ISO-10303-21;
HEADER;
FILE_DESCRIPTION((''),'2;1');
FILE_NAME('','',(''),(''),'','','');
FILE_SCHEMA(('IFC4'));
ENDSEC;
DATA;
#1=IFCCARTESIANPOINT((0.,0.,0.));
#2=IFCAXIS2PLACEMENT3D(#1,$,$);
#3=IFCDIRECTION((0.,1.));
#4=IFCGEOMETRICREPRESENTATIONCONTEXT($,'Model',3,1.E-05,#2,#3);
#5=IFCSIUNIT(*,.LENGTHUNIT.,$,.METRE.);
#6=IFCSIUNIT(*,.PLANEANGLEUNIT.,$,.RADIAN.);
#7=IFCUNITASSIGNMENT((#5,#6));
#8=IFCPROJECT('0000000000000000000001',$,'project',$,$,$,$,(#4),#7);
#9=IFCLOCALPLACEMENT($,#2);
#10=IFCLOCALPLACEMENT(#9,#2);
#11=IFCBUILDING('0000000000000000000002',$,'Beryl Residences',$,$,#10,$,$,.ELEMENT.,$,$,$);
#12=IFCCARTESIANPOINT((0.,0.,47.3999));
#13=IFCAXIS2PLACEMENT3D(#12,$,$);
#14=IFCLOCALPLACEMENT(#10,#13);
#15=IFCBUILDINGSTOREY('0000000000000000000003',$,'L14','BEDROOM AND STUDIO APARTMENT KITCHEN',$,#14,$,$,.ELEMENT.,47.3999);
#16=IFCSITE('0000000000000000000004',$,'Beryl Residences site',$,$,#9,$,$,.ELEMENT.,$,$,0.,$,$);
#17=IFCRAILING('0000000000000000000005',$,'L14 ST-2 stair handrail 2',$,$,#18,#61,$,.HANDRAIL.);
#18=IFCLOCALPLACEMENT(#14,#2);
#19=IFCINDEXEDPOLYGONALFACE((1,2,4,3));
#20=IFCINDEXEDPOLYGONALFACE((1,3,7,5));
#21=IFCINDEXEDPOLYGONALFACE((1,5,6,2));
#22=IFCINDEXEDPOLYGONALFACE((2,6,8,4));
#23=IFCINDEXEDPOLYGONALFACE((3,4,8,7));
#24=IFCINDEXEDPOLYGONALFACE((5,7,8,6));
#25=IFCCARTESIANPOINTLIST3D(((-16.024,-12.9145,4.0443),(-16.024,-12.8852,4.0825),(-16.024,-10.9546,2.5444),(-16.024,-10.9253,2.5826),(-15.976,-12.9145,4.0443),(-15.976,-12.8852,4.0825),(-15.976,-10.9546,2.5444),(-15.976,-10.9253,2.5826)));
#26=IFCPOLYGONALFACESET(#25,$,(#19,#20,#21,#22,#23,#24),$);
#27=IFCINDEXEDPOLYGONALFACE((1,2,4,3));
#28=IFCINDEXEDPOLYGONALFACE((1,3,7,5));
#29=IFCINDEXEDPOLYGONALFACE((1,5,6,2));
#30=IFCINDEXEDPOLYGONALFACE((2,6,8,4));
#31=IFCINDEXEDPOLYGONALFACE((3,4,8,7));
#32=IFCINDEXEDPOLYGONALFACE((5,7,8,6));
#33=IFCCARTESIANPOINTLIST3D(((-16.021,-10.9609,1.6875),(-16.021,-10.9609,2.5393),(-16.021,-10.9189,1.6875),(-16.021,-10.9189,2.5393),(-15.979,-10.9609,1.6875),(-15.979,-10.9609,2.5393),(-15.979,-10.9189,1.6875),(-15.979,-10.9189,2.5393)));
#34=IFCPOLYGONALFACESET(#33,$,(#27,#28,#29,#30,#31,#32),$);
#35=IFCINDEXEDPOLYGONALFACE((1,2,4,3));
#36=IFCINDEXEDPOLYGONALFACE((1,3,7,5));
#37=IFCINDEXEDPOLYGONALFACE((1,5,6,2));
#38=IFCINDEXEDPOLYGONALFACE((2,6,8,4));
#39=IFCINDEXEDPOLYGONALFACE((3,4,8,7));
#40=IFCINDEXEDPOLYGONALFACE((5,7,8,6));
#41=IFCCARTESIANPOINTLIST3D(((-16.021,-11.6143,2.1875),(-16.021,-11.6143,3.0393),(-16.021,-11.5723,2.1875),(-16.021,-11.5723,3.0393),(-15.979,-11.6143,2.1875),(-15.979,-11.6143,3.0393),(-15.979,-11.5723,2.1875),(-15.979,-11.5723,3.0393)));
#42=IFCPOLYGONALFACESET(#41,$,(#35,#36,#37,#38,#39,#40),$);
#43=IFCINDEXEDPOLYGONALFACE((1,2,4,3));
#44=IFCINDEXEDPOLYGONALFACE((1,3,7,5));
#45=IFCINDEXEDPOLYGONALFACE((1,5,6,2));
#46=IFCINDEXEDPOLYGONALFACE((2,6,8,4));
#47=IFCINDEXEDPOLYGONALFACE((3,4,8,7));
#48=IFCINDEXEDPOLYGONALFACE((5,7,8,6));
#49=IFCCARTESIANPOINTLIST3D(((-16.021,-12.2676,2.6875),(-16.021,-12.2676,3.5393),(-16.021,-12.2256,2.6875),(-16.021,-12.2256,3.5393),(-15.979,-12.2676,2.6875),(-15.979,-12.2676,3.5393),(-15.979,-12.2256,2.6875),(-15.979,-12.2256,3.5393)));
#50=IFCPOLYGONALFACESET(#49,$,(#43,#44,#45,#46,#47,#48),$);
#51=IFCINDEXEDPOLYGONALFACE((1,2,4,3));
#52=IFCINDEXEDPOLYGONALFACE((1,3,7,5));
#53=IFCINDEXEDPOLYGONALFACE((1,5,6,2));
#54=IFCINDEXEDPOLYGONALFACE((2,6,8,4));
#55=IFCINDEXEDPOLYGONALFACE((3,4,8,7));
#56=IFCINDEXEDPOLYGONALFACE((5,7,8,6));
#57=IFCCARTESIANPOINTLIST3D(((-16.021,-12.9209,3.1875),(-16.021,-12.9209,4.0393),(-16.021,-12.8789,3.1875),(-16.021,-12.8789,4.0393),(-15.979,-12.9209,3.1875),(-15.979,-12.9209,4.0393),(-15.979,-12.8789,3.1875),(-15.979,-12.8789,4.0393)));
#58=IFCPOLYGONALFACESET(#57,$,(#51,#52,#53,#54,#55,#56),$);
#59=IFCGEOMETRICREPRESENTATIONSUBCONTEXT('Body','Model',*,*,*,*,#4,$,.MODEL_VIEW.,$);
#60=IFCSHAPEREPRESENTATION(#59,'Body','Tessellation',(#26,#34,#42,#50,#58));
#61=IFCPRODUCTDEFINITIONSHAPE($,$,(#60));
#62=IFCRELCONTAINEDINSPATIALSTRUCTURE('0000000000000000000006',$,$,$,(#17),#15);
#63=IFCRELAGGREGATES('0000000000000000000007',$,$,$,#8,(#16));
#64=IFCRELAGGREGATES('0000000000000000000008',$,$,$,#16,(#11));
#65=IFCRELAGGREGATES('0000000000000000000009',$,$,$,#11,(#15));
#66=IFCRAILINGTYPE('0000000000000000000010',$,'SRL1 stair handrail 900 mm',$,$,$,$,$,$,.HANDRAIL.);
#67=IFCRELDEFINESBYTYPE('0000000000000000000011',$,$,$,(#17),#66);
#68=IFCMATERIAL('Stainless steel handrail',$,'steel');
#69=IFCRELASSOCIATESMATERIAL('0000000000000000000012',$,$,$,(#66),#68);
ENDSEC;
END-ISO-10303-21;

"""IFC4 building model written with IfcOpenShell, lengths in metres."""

from ifc_helpers import new_model, si_unit, direction, frame, origin, origin_2d, place, context, subcontext, project, spatial, rectangle, extrude, material, type_object, element, save


model = new_model("IFC4")

# Units and contexts
model_context = context("Model", 3, precision=1e-05, world=origin(), true_north=direction((0.0, 1.0)))
body_context = subcontext(model_context, "Body", "Model", "MODEL_VIEW")
ifc_project = project(units=[si_unit("LENGTHUNIT", "METRE"), si_unit("PLANEANGLEUNIT", "RADIAN")], contexts=[model_context])

# Site, building, storey
site_placement = place(None, origin())
site = spatial("IfcSite", under=ifc_project, at=site_placement, Name="Beryl Residences site", CompositionType="ELEMENT", RefElevation=0.0)
building_placement = place(site_placement, origin())
building = spatial("IfcBuilding", under=site, at=building_placement, Name="Beryl Residences", CompositionType="ELEMENT")
storey_placement = place(building_placement, frame((0.0, 0.0, 47.3999)))
storey = spatial("IfcBuildingStorey", under=building, at=storey_placement, Name="L14", Description="BEDROOM AND STUDIO APARTMENT KITCHEN", CompositionType="ELEMENT", Elevation=47.3999)

# Railing
ifc_material_1 = material(Name="Stainless steel handrail", Category="steel")
railing_type_1 = type_object("IfcRailingType", Name="SRL1 stair handrail 900 mm", PredefinedType="HANDRAIL", material=ifc_material_1)
railing_1_placement = place(storey_placement, frame((-16.0, -10.9399, 1.6875)))
element("IfcRailing", 1, at=railing_1_placement, inside=storey, type_object=railing_type_1, Name="L14 ST-2 stair handrail 2", PredefinedType="HANDRAIL", context=body_context, shape_type="SweptSolid", body=[
    extrude(rectangle(XDim=0.0481, YDim=0.0481, at=origin_2d()), frame((0.0, 0.0, 0.876), z_axis=(0.0, -0.794122, 0.607758), x_axis=(1.0, 0.0, 0.0)), (0.0, 0.0, 1.0), 2.468),
    extrude(rectangle(XDim=0.042, YDim=0.042, at=origin_2d()), origin(), (0.0, 0.0, 1.0), 0.8518),
    extrude(rectangle(XDim=0.042, YDim=0.042, at=origin_2d()), frame((0.0, -0.6533, 0.5)), (0.0, 0.0, 1.0), 0.8518),
    extrude(rectangle(XDim=0.042, YDim=0.042, at=origin_2d()), frame((0.0, -1.3066, 1.0)), (0.0, 0.0, 1.0), 0.8518),
    extrude(rectangle(XDim=0.042, YDim=0.042, at=origin_2d()), frame((0.0, -1.96, 1.5)), (0.0, 0.0, 1.0), 0.8518),
])

save(model, "model.ifc")
